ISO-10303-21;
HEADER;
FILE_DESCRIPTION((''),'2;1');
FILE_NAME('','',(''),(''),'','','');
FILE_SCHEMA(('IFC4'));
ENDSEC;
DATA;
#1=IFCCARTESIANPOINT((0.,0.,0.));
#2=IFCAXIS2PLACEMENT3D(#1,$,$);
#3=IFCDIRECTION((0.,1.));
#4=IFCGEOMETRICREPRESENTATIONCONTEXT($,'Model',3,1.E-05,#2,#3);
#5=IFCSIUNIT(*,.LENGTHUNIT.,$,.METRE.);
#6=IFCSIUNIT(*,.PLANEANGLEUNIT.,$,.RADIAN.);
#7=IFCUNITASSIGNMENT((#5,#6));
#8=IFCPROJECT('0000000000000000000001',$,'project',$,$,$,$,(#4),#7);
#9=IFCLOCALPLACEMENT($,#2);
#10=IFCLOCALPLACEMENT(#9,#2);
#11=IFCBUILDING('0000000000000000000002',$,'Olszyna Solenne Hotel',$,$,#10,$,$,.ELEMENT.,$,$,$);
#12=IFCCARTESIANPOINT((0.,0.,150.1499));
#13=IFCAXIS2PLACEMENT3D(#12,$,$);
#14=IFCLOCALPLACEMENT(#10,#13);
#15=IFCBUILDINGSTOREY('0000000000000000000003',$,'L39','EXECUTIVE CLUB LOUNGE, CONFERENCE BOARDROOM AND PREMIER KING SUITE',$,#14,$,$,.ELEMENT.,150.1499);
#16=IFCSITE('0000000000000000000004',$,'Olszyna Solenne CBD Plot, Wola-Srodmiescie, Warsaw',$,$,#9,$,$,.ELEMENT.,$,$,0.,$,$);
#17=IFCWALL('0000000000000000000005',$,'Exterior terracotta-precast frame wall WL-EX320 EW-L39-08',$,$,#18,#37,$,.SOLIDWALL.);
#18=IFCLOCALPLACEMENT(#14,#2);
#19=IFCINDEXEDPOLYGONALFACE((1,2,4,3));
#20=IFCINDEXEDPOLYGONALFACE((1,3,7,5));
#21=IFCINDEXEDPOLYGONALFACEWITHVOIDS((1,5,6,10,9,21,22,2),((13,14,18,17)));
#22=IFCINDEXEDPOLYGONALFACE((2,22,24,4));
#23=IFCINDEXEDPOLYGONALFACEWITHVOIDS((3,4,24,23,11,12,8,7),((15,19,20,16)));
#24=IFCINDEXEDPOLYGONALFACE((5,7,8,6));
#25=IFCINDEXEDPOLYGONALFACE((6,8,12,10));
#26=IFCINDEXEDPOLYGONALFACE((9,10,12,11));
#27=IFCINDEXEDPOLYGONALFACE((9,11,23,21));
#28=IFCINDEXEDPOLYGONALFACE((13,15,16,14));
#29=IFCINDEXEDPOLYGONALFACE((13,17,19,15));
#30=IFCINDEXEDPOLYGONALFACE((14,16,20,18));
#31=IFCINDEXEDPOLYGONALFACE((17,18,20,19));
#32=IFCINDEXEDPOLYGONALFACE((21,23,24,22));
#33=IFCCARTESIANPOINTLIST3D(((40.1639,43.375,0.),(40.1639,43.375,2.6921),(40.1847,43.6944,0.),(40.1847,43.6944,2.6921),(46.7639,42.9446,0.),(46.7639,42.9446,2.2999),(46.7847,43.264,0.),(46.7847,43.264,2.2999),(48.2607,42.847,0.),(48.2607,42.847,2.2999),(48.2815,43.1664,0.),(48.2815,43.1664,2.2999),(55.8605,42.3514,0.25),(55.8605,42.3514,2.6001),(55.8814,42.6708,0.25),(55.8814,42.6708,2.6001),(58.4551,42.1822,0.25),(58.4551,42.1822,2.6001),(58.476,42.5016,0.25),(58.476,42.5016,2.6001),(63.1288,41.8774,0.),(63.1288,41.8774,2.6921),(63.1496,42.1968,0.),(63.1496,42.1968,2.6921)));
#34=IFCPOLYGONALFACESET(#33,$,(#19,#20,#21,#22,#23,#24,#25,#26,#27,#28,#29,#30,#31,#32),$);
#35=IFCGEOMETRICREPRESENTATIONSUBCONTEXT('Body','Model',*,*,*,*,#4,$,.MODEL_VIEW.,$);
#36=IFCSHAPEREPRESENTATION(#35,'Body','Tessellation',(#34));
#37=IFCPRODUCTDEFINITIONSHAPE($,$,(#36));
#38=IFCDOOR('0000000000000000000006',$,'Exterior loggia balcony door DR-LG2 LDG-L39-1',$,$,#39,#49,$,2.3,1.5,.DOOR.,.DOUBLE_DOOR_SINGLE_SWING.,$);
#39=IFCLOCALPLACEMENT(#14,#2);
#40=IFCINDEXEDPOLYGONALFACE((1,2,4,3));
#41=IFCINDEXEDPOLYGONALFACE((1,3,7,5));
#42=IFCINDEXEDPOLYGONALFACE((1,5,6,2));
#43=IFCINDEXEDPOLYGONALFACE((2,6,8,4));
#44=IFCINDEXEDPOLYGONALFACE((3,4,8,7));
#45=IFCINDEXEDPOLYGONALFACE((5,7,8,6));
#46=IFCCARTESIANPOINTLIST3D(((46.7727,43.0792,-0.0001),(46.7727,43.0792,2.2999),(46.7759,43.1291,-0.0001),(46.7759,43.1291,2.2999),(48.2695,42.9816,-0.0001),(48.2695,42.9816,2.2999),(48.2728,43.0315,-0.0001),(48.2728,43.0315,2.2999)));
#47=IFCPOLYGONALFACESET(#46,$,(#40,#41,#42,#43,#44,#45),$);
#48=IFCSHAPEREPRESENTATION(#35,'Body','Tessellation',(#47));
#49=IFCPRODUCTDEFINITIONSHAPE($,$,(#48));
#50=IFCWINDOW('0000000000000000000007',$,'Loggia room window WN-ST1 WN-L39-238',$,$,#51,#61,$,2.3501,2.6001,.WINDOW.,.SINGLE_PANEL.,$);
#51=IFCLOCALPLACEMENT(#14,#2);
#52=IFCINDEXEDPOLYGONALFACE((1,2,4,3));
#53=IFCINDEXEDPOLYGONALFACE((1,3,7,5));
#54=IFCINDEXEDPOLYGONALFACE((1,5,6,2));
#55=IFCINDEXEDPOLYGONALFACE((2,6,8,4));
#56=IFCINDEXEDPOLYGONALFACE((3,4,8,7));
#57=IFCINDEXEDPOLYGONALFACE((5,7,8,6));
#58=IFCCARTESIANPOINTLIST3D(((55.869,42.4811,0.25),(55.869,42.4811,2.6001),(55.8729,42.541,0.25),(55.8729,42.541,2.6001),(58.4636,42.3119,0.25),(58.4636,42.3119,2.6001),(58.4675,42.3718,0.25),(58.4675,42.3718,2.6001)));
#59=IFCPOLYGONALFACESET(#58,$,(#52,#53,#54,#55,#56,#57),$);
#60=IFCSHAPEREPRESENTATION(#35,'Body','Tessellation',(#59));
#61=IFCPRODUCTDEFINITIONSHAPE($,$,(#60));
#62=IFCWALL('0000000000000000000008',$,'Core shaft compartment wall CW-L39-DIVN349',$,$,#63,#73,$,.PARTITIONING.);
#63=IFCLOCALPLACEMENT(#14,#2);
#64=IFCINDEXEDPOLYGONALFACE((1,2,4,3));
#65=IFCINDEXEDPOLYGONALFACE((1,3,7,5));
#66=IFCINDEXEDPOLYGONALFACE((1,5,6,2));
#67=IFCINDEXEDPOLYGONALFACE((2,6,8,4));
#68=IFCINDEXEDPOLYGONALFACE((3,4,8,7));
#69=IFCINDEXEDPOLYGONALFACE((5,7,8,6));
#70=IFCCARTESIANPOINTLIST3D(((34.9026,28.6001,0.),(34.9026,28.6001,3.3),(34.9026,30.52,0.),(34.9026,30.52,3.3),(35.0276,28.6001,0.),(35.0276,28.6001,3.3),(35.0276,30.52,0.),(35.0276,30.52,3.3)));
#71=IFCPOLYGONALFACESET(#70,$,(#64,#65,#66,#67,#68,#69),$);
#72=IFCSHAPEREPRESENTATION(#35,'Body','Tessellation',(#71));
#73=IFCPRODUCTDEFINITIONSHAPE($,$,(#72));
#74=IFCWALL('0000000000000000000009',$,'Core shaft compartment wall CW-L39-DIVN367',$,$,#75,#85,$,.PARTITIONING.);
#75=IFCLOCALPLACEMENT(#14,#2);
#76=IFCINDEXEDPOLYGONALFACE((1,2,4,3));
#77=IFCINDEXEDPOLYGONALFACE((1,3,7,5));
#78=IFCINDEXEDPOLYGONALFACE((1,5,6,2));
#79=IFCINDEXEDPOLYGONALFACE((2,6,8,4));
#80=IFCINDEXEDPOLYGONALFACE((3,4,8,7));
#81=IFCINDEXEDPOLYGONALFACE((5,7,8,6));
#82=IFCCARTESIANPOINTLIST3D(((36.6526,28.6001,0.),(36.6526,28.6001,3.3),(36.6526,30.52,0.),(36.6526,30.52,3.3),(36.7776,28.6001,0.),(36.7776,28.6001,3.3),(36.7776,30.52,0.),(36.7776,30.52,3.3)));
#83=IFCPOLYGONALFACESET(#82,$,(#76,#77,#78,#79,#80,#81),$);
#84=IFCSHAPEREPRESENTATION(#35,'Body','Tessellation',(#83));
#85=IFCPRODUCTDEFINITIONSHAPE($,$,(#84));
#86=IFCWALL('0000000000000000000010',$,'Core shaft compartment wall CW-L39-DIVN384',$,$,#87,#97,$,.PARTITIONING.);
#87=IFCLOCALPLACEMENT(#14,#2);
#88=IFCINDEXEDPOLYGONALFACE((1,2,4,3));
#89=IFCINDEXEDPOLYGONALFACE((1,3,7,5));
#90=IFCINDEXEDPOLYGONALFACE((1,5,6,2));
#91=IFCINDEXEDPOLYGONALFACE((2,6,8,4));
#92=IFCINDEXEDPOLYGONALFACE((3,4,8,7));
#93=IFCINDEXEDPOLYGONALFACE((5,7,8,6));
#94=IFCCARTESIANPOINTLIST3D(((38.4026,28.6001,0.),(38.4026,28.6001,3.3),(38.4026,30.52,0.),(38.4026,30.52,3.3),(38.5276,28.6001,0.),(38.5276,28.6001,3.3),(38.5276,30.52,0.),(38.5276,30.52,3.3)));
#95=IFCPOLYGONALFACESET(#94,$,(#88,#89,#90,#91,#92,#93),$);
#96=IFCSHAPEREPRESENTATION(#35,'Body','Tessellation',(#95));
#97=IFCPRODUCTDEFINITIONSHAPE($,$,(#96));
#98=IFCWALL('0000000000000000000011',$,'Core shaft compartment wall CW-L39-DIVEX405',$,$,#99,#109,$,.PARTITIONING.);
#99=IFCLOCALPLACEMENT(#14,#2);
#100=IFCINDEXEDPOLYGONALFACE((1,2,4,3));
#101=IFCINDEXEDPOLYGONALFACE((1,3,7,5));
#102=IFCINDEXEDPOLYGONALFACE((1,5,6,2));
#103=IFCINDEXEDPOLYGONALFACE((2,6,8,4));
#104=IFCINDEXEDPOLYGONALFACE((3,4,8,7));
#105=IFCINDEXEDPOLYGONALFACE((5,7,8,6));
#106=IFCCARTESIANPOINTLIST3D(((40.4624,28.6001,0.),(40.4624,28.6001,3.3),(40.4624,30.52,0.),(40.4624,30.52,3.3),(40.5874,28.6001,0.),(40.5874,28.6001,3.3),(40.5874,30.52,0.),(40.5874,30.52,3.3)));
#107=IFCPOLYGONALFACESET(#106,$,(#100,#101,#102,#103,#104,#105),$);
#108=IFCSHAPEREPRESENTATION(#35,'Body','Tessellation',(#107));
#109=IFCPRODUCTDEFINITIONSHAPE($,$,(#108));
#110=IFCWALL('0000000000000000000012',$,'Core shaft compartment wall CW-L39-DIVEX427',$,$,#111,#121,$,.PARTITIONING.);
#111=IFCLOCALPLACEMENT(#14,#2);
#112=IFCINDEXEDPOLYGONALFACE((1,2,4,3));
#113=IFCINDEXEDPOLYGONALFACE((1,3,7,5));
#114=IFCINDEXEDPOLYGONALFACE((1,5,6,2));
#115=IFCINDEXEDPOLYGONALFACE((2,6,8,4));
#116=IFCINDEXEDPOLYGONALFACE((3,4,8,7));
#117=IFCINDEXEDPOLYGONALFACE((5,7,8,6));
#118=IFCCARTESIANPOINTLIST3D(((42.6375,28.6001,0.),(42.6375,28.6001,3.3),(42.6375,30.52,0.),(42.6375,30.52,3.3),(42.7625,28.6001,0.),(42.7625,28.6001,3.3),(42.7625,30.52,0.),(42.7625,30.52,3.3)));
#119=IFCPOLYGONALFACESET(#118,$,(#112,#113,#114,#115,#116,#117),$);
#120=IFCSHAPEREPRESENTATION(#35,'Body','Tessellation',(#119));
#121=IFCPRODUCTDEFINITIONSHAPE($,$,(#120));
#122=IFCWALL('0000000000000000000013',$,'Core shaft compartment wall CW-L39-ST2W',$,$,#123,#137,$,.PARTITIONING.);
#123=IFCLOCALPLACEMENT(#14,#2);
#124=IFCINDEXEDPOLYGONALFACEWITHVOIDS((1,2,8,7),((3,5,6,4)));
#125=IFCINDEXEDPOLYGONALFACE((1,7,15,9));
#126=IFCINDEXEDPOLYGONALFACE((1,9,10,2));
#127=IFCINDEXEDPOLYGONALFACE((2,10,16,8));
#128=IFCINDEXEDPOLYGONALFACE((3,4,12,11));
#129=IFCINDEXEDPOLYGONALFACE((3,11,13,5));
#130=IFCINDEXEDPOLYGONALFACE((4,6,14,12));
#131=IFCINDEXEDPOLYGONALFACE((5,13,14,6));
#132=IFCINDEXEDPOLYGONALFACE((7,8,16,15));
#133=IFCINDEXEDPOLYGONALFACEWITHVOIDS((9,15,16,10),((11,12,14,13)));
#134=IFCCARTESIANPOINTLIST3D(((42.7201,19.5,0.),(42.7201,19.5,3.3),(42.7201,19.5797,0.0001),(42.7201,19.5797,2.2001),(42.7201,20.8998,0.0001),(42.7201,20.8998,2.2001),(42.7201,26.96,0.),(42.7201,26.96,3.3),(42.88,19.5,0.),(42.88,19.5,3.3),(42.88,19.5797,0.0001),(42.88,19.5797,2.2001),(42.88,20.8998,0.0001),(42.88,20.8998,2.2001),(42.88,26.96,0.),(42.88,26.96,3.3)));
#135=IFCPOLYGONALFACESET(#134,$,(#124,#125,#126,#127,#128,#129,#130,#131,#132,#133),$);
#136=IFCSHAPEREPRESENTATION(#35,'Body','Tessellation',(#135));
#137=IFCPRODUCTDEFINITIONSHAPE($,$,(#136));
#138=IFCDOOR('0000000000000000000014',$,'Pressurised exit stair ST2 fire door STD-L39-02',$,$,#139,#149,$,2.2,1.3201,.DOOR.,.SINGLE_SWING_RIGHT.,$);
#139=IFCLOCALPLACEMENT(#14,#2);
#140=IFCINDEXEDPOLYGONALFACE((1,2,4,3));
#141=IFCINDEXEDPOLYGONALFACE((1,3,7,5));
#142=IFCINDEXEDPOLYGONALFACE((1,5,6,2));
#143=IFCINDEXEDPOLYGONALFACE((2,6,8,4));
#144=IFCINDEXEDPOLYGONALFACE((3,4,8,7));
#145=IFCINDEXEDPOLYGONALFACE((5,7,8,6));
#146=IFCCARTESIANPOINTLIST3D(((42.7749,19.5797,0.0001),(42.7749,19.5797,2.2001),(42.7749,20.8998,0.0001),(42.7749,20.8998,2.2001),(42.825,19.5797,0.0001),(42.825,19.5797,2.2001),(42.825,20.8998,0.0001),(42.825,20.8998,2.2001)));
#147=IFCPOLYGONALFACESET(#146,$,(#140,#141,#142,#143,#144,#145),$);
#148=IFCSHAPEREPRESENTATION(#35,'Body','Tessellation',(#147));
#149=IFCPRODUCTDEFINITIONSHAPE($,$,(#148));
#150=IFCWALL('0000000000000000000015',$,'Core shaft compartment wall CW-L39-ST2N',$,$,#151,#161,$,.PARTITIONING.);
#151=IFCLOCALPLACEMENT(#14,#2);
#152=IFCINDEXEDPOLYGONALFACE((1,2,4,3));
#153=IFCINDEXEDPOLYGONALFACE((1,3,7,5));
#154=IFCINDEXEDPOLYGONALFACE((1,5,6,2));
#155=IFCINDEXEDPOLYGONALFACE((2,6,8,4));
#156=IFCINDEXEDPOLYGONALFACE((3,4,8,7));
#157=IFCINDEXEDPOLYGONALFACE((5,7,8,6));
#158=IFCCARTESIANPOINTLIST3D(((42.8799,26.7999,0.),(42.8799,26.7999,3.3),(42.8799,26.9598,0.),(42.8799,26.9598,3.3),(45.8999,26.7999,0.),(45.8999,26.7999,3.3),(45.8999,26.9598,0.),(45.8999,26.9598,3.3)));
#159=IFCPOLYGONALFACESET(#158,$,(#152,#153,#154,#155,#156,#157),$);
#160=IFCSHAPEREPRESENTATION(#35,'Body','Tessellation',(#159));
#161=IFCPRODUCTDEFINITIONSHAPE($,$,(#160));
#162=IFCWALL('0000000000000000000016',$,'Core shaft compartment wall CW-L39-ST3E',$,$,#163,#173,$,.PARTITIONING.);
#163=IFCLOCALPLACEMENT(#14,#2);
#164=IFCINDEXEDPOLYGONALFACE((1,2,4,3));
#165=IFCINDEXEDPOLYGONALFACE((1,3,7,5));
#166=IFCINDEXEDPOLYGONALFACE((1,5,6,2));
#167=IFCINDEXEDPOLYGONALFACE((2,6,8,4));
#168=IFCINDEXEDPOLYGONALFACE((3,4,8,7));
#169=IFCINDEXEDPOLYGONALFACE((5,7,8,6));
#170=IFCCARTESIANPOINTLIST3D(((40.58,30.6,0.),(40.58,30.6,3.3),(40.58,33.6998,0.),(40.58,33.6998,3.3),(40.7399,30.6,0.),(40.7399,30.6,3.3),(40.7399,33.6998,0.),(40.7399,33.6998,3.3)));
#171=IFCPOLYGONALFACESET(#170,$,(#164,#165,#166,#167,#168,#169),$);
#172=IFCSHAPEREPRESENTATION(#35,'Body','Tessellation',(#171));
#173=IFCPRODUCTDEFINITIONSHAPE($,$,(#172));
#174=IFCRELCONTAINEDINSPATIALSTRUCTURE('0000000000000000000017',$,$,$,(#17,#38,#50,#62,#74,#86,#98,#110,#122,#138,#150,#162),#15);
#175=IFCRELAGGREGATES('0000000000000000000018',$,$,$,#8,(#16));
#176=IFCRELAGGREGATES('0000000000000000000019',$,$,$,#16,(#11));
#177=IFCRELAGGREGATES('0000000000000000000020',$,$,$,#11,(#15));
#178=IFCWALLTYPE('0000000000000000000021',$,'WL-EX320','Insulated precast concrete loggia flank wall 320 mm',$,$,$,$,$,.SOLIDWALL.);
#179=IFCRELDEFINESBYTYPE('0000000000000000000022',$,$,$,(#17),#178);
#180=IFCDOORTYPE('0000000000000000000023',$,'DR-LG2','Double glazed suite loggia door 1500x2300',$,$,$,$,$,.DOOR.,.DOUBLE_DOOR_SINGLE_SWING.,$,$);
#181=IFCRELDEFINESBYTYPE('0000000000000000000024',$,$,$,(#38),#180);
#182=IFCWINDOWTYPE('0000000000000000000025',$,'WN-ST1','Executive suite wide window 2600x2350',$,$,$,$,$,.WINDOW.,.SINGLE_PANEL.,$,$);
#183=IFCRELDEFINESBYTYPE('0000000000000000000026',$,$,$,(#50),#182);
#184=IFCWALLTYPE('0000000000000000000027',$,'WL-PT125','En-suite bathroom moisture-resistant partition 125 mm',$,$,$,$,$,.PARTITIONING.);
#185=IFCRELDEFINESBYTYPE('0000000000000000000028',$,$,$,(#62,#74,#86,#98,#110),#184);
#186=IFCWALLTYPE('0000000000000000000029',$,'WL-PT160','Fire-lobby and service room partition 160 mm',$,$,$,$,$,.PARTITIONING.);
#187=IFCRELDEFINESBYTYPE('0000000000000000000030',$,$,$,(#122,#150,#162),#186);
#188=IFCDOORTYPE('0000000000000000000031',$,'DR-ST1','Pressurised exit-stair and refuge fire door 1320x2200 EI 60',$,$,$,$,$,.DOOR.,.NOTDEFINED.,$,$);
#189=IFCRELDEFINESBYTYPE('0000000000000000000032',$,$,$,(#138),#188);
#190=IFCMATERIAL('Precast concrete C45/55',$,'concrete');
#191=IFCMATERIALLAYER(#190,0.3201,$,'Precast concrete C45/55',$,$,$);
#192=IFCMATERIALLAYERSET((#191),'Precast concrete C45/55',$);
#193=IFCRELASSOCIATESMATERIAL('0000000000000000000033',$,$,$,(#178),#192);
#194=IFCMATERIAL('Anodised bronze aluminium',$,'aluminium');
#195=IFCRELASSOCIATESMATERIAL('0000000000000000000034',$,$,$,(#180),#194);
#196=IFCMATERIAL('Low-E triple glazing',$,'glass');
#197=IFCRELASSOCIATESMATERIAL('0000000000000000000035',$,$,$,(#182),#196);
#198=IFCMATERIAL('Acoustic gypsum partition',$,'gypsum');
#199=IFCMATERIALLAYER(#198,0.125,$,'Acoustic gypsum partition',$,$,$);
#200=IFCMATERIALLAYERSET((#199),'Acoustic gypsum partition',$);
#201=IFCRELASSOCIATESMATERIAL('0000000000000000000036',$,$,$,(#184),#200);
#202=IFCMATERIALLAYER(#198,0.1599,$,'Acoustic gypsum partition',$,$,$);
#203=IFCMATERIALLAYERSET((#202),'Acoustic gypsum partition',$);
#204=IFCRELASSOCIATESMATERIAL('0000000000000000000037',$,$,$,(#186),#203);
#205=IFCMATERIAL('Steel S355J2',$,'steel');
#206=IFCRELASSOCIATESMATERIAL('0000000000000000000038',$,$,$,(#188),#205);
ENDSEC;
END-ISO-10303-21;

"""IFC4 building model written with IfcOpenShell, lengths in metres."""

from ifc_helpers import new_model, si_unit, direction, frame, frame_2d, origin, place, context, subcontext, project, spatial, rectangle, extrude, source, transform, mapped, material, layer, layer_set, type_object, type_shapes, element, fill, save


model = new_model("IFC4")

# Units and contexts
model_context = context("Model", 3, precision=1e-05, world=origin(), true_north=direction((0.0, 1.0)))
body_context = subcontext(model_context, "Body", "Model", "MODEL_VIEW")
ifc_project = project(units=[si_unit("LENGTHUNIT", "METRE"), si_unit("PLANEANGLEUNIT", "RADIAN")], contexts=[model_context])

# Site, building, storey
site_placement = place(None, origin())
site = spatial("IfcSite", under=ifc_project, at=site_placement, Name="Olszyna Solenne CBD Plot, Wola-Srodmiescie, Warsaw", CompositionType="ELEMENT", RefElevation=0.0)
building_placement = place(site_placement, origin())
building = spatial("IfcBuilding", under=site, at=building_placement, Name="Olszyna Solenne Hotel", CompositionType="ELEMENT")
storey_placement = place(building_placement, frame((0.0, 0.0, 150.1499)))
storey = spatial("IfcBuildingStorey", under=building, at=storey_placement, Name="L39", Description="EXECUTIVE CLUB LOUNGE, CONFERENCE BOARDROOM AND PREMIER KING SUITE", CompositionType="ELEMENT", Elevation=150.1499)

# Shared definitions
ifc_material_1 = material(Name="Steel S355J2", Category="steel")

# Wall, openings, door, window
ifc_material_2 = material(Name="Precast concrete C45/55", Category="concrete")
ifc_layer_1 = layer(ifc_material_2, 0.3201, Name="Precast concrete C45/55")
ifc_layer_set_1 = layer_set([ifc_layer_1], Name="Precast concrete C45/55")
wall_type_1 = type_object("IfcWallType", Name="WL-EX320", Description="Insulated precast concrete loggia flank wall 320 mm", PredefinedType="SOLIDWALL", material=ifc_layer_set_1)
wall_1_placement = place(storey_placement, frame((40.1743, 43.5347, 0.0), z_axis=(0.0, 0.0, 1.0), x_axis=(0.997881, -0.065073, 0.0)))
wall_1 = element("IfcWall", 1, at=wall_1_placement, inside=storey, type_object=wall_type_1, Name="Exterior terracotta-precast frame wall WL-EX320 EW-L39-08", PredefinedType="SOLIDWALL", context=body_context, shape_type="SweptSolid", body=[
    extrude(rectangle(XDim=23.0137, YDim=0.3201, at=frame_2d((11.5068, 0.0))), origin(), (0.0, 0.0, 1.0), 2.6921),
])
opening_1_placement = place(wall_1_placement, frame((6.614, 0.0, 0.0)))
opening_1 = element("IfcOpeningElement", 2, at=opening_1_placement, cuts=wall_1, PredefinedType="OPENING", context=body_context, shape_type="SweptSolid", body=[
    extrude(rectangle(XDim=1.5, YDim=2.3, at=frame_2d((0.75, 1.1499))), frame((0.0, 0.1699, 0.0), z_axis=(0.0, -1.0, 0.0), x_axis=(1.0, 0.0, 0.0)), (0.0, 0.0, 1.0), 0.3401),
])
opening_2_placement = place(wall_1_placement, frame((15.73, 0.0, 0.25)))
opening_2 = element("IfcOpeningElement", 3, at=opening_2_placement, cuts=wall_1, PredefinedType="OPENING", context=body_context, shape_type="SweptSolid", body=[
    extrude(rectangle(XDim=2.6001, YDim=2.3501, at=frame_2d((1.3, 1.175))), frame((0.0, 0.1699, 0.0), z_axis=(0.0, -1.0, 0.0), x_axis=(1.0, 0.0, 0.0)), (0.0, 0.0, 1.0), 0.3401),
])
ifc_material_3 = material(Name="Anodised bronze aluminium", Category="aluminium")
door_type_1 = type_object("IfcDoorType", Name="DR-LG2", Description="Double glazed suite loggia door 1500x2300", OperationType="DOUBLE_DOOR_SINGLE_SWING", PredefinedType="DOOR", material=ifc_material_3)
shared_shape_1 = source(origin(), body_context, "Body", "SweptSolid", [
    extrude(rectangle(XDim=1.5, YDim=2.3, at=frame_2d((0.75, 1.1499))), frame((0.0, 0.0249, 0.0), z_axis=(0.0, -1.0, 0.0), x_axis=(1.0, 0.0, 0.0)), (0.0, 0.0, 1.0), 0.05),
])
type_shapes(door_type_1, [shared_shape_1])
door_1_placement = place(opening_1_placement, origin())
door_1 = element("IfcDoor", 4, at=door_1_placement, inside=storey, type_object=door_type_1, Name="Exterior loggia balcony door DR-LG2 LDG-L39-1", OperationType="DOUBLE_DOOR_SINGLE_SWING", OverallHeight=2.3, OverallWidth=1.5, PredefinedType="DOOR", context=body_context, shape_type="MappedRepresentation", body=[
    mapped(shared_shape_1, transform((0.0, 0.0, 0.0), x_axis=(1.0, 0.0, 0.0), y_axis=(0.0, 1.0, 0.0), z_axis=(0.0, 0.0, 1.0), scale=1.0)),
])
fill(opening_1, door_1)
ifc_material_4 = material(Name="Low-E triple glazing", Category="glass")
window_type = type_object("IfcWindowType", Name="WN-ST1", Description="Executive suite wide window 2600x2350", PartitioningType="SINGLE_PANEL", PredefinedType="WINDOW", material=ifc_material_4)
shared_shape_2 = source(origin(), body_context, "Body", "SweptSolid", [
    extrude(rectangle(XDim=2.6001, YDim=2.3501, at=frame_2d((1.3, 1.175))), frame((0.0, 0.03, 0.0), z_axis=(0.0, -1.0, 0.0), x_axis=(1.0, 0.0, 0.0)), (0.0, 0.0, 1.0), 0.0601),
])
type_shapes(window_type, [shared_shape_2])
window_placement = place(opening_2_placement, origin())
window = element("IfcWindow", 5, at=window_placement, inside=storey, type_object=window_type, Name="Loggia room window WN-ST1 WN-L39-238", OverallHeight=2.3501, OverallWidth=2.6001, PartitioningType="SINGLE_PANEL", PredefinedType="WINDOW", context=body_context, shape_type="MappedRepresentation", body=[
    mapped(shared_shape_2, transform((0.0, 0.0, 0.0), x_axis=(1.0, 0.0, 0.0), y_axis=(0.0, 1.0, 0.0), z_axis=(0.0, 0.0, 1.0), scale=1.0)),
])
fill(opening_2, window)

# Walls
ifc_material_5 = material(Name="Acoustic gypsum partition", Category="gypsum")
ifc_layer_2 = layer(ifc_material_5, 0.125, Name="Acoustic gypsum partition")
ifc_layer_set_2 = layer_set([ifc_layer_2], Name="Acoustic gypsum partition")
wall_type_2 = type_object("IfcWallType", Name="WL-PT125", Description="En-suite bathroom moisture-resistant partition 125 mm", PredefinedType="PARTITIONING", material=ifc_layer_set_2)
for number, where, z_axis, x_axis, name in (
    (6, (34.9651, 28.6001, 0.0), (0.0, 0.0, 1.0), (0.0, 1.0, 0.0), "Core shaft compartment wall CW-L39-DIVN349"),
    (7, (36.7151, 28.6001, 0.0), (0.0, 0.0, 1.0), (0.0, 1.0, 0.0), "Core shaft compartment wall CW-L39-DIVN367"),
    (8, (38.4651, 28.6001, 0.0), (0.0, 0.0, 1.0), (0.0, 1.0, 0.0), "Core shaft compartment wall CW-L39-DIVN384"),
    (9, (40.5249, 28.6001, 0.0), (0.0, 0.0, 1.0), (0.0, 1.0, 0.0), "Core shaft compartment wall CW-L39-DIVEX405"),
    (10, (42.7, 28.6001, 0.0), (0.0, 0.0, 1.0), (0.0, 1.0, 0.0), "Core shaft compartment wall CW-L39-DIVEX427"),
):
    element("IfcWall", number, at=place(storey_placement, frame(where, z_axis=z_axis, x_axis=x_axis)), inside=storey, type_object=wall_type_2, Name=name, PredefinedType="PARTITIONING", context=body_context, shape_type="SweptSolid", body=[
        extrude(rectangle(XDim=1.9199, YDim=0.125, at=frame_2d((0.96, 0.0))), origin(), (0.0, 0.0, 1.0), 3.3),
    ])

# Wall, opening, door
ifc_layer_3 = layer(ifc_material_5, 0.1599, Name="Acoustic gypsum partition")
ifc_layer_set_3 = layer_set([ifc_layer_3], Name="Acoustic gypsum partition")
wall_type_3 = type_object("IfcWallType", Name="WL-PT160", Description="Fire-lobby and service room partition 160 mm", PredefinedType="PARTITIONING", material=ifc_layer_set_3)
wall_2_placement = place(storey_placement, frame((42.8, 26.96, 0.0), z_axis=(0.0, 0.0, 1.0), x_axis=(0.0, -1.0, 0.0)))
wall_2 = element("IfcWall", 11, at=wall_2_placement, inside=storey, type_object=wall_type_3, Name="Core shaft compartment wall CW-L39-ST2W", PredefinedType="PARTITIONING", context=body_context, shape_type="SweptSolid", body=[
    extrude(rectangle(XDim=7.46, YDim=0.1599, at=frame_2d((3.73, 0.0))), origin(), (0.0, 0.0, 1.0), 3.3),
])
opening_3_placement = place(wall_2_placement, frame((6.0601, 0.0, 0.0)))
opening_3 = element("IfcOpeningElement", 12, at=opening_3_placement, cuts=wall_2, PredefinedType="OPENING", context=body_context, shape_type="SweptSolid", body=[
    extrude(rectangle(XDim=1.3201, YDim=2.2, at=frame_2d((0.6602, 1.1001))), frame((0.0, 0.0898, 0.0), z_axis=(0.0, -1.0, 0.0), x_axis=(1.0, 0.0, 0.0)), (0.0, 0.0, 1.0), 0.1799),
])
door_type_2 = type_object("IfcDoorType", Name="DR-ST1", Description="Pressurised exit-stair and refuge fire door 1320x2200 EI 60", OperationType="NOTDEFINED", PredefinedType="DOOR", material=ifc_material_1)
shared_shape_3 = source(origin(), body_context, "Body", "SweptSolid", [
    extrude(rectangle(XDim=1.3201, YDim=2.2, at=frame_2d((0.6602, 1.1001))), frame((0.0, 0.0249, 0.0), z_axis=(0.0, -1.0, 0.0), x_axis=(1.0, 0.0, 0.0)), (0.0, 0.0, 1.0), 0.05),
])
type_shapes(door_type_2, [shared_shape_3])
door_2_placement = place(opening_3_placement, origin())
door_2 = element("IfcDoor", 13, at=door_2_placement, inside=storey, type_object=door_type_2, Name="Pressurised exit stair ST2 fire door STD-L39-02", OperationType="SINGLE_SWING_RIGHT", OverallHeight=2.2, OverallWidth=1.3201, PredefinedType="DOOR", context=body_context, shape_type="MappedRepresentation", body=[
    mapped(shared_shape_3, transform((0.0, 0.0, 0.0), x_axis=(1.0, 0.0, 0.0), y_axis=(0.0, 1.0, 0.0), z_axis=(0.0, 0.0, 1.0), scale=1.0)),
])
fill(opening_3, door_2)

# Walls
wall_3_placement = place(storey_placement, frame((42.8799, 26.8799, 0.0), z_axis=(0.0, 0.0, 1.0), x_axis=(1.0, 0.0, 0.0)))
element("IfcWall", 14, at=wall_3_placement, inside=storey, type_object=wall_type_3, Name="Core shaft compartment wall CW-L39-ST2N", PredefinedType="PARTITIONING", context=body_context, shape_type="SweptSolid", body=[
    extrude(rectangle(XDim=3.02, YDim=0.1599, at=frame_2d((1.51, 0.0))), origin(), (0.0, 0.0, 1.0), 3.3),
])
wall_4_placement = place(storey_placement, frame((40.6599, 30.6001, 0.0), z_axis=(0.0, 0.0, 1.0), x_axis=(0.0, 1.0, 0.0)))
element("IfcWall", 15, at=wall_4_placement, inside=storey, type_object=wall_type_3, Name="Core shaft compartment wall CW-L39-ST3E", PredefinedType="PARTITIONING", context=body_context, shape_type="SweptSolid", body=[
    extrude(rectangle(XDim=3.0999, YDim=0.1599, at=frame_2d((1.5498, 0.0))), origin(), (0.0, 0.0, 1.0), 3.3),
])

save(model, "model.ifc")
